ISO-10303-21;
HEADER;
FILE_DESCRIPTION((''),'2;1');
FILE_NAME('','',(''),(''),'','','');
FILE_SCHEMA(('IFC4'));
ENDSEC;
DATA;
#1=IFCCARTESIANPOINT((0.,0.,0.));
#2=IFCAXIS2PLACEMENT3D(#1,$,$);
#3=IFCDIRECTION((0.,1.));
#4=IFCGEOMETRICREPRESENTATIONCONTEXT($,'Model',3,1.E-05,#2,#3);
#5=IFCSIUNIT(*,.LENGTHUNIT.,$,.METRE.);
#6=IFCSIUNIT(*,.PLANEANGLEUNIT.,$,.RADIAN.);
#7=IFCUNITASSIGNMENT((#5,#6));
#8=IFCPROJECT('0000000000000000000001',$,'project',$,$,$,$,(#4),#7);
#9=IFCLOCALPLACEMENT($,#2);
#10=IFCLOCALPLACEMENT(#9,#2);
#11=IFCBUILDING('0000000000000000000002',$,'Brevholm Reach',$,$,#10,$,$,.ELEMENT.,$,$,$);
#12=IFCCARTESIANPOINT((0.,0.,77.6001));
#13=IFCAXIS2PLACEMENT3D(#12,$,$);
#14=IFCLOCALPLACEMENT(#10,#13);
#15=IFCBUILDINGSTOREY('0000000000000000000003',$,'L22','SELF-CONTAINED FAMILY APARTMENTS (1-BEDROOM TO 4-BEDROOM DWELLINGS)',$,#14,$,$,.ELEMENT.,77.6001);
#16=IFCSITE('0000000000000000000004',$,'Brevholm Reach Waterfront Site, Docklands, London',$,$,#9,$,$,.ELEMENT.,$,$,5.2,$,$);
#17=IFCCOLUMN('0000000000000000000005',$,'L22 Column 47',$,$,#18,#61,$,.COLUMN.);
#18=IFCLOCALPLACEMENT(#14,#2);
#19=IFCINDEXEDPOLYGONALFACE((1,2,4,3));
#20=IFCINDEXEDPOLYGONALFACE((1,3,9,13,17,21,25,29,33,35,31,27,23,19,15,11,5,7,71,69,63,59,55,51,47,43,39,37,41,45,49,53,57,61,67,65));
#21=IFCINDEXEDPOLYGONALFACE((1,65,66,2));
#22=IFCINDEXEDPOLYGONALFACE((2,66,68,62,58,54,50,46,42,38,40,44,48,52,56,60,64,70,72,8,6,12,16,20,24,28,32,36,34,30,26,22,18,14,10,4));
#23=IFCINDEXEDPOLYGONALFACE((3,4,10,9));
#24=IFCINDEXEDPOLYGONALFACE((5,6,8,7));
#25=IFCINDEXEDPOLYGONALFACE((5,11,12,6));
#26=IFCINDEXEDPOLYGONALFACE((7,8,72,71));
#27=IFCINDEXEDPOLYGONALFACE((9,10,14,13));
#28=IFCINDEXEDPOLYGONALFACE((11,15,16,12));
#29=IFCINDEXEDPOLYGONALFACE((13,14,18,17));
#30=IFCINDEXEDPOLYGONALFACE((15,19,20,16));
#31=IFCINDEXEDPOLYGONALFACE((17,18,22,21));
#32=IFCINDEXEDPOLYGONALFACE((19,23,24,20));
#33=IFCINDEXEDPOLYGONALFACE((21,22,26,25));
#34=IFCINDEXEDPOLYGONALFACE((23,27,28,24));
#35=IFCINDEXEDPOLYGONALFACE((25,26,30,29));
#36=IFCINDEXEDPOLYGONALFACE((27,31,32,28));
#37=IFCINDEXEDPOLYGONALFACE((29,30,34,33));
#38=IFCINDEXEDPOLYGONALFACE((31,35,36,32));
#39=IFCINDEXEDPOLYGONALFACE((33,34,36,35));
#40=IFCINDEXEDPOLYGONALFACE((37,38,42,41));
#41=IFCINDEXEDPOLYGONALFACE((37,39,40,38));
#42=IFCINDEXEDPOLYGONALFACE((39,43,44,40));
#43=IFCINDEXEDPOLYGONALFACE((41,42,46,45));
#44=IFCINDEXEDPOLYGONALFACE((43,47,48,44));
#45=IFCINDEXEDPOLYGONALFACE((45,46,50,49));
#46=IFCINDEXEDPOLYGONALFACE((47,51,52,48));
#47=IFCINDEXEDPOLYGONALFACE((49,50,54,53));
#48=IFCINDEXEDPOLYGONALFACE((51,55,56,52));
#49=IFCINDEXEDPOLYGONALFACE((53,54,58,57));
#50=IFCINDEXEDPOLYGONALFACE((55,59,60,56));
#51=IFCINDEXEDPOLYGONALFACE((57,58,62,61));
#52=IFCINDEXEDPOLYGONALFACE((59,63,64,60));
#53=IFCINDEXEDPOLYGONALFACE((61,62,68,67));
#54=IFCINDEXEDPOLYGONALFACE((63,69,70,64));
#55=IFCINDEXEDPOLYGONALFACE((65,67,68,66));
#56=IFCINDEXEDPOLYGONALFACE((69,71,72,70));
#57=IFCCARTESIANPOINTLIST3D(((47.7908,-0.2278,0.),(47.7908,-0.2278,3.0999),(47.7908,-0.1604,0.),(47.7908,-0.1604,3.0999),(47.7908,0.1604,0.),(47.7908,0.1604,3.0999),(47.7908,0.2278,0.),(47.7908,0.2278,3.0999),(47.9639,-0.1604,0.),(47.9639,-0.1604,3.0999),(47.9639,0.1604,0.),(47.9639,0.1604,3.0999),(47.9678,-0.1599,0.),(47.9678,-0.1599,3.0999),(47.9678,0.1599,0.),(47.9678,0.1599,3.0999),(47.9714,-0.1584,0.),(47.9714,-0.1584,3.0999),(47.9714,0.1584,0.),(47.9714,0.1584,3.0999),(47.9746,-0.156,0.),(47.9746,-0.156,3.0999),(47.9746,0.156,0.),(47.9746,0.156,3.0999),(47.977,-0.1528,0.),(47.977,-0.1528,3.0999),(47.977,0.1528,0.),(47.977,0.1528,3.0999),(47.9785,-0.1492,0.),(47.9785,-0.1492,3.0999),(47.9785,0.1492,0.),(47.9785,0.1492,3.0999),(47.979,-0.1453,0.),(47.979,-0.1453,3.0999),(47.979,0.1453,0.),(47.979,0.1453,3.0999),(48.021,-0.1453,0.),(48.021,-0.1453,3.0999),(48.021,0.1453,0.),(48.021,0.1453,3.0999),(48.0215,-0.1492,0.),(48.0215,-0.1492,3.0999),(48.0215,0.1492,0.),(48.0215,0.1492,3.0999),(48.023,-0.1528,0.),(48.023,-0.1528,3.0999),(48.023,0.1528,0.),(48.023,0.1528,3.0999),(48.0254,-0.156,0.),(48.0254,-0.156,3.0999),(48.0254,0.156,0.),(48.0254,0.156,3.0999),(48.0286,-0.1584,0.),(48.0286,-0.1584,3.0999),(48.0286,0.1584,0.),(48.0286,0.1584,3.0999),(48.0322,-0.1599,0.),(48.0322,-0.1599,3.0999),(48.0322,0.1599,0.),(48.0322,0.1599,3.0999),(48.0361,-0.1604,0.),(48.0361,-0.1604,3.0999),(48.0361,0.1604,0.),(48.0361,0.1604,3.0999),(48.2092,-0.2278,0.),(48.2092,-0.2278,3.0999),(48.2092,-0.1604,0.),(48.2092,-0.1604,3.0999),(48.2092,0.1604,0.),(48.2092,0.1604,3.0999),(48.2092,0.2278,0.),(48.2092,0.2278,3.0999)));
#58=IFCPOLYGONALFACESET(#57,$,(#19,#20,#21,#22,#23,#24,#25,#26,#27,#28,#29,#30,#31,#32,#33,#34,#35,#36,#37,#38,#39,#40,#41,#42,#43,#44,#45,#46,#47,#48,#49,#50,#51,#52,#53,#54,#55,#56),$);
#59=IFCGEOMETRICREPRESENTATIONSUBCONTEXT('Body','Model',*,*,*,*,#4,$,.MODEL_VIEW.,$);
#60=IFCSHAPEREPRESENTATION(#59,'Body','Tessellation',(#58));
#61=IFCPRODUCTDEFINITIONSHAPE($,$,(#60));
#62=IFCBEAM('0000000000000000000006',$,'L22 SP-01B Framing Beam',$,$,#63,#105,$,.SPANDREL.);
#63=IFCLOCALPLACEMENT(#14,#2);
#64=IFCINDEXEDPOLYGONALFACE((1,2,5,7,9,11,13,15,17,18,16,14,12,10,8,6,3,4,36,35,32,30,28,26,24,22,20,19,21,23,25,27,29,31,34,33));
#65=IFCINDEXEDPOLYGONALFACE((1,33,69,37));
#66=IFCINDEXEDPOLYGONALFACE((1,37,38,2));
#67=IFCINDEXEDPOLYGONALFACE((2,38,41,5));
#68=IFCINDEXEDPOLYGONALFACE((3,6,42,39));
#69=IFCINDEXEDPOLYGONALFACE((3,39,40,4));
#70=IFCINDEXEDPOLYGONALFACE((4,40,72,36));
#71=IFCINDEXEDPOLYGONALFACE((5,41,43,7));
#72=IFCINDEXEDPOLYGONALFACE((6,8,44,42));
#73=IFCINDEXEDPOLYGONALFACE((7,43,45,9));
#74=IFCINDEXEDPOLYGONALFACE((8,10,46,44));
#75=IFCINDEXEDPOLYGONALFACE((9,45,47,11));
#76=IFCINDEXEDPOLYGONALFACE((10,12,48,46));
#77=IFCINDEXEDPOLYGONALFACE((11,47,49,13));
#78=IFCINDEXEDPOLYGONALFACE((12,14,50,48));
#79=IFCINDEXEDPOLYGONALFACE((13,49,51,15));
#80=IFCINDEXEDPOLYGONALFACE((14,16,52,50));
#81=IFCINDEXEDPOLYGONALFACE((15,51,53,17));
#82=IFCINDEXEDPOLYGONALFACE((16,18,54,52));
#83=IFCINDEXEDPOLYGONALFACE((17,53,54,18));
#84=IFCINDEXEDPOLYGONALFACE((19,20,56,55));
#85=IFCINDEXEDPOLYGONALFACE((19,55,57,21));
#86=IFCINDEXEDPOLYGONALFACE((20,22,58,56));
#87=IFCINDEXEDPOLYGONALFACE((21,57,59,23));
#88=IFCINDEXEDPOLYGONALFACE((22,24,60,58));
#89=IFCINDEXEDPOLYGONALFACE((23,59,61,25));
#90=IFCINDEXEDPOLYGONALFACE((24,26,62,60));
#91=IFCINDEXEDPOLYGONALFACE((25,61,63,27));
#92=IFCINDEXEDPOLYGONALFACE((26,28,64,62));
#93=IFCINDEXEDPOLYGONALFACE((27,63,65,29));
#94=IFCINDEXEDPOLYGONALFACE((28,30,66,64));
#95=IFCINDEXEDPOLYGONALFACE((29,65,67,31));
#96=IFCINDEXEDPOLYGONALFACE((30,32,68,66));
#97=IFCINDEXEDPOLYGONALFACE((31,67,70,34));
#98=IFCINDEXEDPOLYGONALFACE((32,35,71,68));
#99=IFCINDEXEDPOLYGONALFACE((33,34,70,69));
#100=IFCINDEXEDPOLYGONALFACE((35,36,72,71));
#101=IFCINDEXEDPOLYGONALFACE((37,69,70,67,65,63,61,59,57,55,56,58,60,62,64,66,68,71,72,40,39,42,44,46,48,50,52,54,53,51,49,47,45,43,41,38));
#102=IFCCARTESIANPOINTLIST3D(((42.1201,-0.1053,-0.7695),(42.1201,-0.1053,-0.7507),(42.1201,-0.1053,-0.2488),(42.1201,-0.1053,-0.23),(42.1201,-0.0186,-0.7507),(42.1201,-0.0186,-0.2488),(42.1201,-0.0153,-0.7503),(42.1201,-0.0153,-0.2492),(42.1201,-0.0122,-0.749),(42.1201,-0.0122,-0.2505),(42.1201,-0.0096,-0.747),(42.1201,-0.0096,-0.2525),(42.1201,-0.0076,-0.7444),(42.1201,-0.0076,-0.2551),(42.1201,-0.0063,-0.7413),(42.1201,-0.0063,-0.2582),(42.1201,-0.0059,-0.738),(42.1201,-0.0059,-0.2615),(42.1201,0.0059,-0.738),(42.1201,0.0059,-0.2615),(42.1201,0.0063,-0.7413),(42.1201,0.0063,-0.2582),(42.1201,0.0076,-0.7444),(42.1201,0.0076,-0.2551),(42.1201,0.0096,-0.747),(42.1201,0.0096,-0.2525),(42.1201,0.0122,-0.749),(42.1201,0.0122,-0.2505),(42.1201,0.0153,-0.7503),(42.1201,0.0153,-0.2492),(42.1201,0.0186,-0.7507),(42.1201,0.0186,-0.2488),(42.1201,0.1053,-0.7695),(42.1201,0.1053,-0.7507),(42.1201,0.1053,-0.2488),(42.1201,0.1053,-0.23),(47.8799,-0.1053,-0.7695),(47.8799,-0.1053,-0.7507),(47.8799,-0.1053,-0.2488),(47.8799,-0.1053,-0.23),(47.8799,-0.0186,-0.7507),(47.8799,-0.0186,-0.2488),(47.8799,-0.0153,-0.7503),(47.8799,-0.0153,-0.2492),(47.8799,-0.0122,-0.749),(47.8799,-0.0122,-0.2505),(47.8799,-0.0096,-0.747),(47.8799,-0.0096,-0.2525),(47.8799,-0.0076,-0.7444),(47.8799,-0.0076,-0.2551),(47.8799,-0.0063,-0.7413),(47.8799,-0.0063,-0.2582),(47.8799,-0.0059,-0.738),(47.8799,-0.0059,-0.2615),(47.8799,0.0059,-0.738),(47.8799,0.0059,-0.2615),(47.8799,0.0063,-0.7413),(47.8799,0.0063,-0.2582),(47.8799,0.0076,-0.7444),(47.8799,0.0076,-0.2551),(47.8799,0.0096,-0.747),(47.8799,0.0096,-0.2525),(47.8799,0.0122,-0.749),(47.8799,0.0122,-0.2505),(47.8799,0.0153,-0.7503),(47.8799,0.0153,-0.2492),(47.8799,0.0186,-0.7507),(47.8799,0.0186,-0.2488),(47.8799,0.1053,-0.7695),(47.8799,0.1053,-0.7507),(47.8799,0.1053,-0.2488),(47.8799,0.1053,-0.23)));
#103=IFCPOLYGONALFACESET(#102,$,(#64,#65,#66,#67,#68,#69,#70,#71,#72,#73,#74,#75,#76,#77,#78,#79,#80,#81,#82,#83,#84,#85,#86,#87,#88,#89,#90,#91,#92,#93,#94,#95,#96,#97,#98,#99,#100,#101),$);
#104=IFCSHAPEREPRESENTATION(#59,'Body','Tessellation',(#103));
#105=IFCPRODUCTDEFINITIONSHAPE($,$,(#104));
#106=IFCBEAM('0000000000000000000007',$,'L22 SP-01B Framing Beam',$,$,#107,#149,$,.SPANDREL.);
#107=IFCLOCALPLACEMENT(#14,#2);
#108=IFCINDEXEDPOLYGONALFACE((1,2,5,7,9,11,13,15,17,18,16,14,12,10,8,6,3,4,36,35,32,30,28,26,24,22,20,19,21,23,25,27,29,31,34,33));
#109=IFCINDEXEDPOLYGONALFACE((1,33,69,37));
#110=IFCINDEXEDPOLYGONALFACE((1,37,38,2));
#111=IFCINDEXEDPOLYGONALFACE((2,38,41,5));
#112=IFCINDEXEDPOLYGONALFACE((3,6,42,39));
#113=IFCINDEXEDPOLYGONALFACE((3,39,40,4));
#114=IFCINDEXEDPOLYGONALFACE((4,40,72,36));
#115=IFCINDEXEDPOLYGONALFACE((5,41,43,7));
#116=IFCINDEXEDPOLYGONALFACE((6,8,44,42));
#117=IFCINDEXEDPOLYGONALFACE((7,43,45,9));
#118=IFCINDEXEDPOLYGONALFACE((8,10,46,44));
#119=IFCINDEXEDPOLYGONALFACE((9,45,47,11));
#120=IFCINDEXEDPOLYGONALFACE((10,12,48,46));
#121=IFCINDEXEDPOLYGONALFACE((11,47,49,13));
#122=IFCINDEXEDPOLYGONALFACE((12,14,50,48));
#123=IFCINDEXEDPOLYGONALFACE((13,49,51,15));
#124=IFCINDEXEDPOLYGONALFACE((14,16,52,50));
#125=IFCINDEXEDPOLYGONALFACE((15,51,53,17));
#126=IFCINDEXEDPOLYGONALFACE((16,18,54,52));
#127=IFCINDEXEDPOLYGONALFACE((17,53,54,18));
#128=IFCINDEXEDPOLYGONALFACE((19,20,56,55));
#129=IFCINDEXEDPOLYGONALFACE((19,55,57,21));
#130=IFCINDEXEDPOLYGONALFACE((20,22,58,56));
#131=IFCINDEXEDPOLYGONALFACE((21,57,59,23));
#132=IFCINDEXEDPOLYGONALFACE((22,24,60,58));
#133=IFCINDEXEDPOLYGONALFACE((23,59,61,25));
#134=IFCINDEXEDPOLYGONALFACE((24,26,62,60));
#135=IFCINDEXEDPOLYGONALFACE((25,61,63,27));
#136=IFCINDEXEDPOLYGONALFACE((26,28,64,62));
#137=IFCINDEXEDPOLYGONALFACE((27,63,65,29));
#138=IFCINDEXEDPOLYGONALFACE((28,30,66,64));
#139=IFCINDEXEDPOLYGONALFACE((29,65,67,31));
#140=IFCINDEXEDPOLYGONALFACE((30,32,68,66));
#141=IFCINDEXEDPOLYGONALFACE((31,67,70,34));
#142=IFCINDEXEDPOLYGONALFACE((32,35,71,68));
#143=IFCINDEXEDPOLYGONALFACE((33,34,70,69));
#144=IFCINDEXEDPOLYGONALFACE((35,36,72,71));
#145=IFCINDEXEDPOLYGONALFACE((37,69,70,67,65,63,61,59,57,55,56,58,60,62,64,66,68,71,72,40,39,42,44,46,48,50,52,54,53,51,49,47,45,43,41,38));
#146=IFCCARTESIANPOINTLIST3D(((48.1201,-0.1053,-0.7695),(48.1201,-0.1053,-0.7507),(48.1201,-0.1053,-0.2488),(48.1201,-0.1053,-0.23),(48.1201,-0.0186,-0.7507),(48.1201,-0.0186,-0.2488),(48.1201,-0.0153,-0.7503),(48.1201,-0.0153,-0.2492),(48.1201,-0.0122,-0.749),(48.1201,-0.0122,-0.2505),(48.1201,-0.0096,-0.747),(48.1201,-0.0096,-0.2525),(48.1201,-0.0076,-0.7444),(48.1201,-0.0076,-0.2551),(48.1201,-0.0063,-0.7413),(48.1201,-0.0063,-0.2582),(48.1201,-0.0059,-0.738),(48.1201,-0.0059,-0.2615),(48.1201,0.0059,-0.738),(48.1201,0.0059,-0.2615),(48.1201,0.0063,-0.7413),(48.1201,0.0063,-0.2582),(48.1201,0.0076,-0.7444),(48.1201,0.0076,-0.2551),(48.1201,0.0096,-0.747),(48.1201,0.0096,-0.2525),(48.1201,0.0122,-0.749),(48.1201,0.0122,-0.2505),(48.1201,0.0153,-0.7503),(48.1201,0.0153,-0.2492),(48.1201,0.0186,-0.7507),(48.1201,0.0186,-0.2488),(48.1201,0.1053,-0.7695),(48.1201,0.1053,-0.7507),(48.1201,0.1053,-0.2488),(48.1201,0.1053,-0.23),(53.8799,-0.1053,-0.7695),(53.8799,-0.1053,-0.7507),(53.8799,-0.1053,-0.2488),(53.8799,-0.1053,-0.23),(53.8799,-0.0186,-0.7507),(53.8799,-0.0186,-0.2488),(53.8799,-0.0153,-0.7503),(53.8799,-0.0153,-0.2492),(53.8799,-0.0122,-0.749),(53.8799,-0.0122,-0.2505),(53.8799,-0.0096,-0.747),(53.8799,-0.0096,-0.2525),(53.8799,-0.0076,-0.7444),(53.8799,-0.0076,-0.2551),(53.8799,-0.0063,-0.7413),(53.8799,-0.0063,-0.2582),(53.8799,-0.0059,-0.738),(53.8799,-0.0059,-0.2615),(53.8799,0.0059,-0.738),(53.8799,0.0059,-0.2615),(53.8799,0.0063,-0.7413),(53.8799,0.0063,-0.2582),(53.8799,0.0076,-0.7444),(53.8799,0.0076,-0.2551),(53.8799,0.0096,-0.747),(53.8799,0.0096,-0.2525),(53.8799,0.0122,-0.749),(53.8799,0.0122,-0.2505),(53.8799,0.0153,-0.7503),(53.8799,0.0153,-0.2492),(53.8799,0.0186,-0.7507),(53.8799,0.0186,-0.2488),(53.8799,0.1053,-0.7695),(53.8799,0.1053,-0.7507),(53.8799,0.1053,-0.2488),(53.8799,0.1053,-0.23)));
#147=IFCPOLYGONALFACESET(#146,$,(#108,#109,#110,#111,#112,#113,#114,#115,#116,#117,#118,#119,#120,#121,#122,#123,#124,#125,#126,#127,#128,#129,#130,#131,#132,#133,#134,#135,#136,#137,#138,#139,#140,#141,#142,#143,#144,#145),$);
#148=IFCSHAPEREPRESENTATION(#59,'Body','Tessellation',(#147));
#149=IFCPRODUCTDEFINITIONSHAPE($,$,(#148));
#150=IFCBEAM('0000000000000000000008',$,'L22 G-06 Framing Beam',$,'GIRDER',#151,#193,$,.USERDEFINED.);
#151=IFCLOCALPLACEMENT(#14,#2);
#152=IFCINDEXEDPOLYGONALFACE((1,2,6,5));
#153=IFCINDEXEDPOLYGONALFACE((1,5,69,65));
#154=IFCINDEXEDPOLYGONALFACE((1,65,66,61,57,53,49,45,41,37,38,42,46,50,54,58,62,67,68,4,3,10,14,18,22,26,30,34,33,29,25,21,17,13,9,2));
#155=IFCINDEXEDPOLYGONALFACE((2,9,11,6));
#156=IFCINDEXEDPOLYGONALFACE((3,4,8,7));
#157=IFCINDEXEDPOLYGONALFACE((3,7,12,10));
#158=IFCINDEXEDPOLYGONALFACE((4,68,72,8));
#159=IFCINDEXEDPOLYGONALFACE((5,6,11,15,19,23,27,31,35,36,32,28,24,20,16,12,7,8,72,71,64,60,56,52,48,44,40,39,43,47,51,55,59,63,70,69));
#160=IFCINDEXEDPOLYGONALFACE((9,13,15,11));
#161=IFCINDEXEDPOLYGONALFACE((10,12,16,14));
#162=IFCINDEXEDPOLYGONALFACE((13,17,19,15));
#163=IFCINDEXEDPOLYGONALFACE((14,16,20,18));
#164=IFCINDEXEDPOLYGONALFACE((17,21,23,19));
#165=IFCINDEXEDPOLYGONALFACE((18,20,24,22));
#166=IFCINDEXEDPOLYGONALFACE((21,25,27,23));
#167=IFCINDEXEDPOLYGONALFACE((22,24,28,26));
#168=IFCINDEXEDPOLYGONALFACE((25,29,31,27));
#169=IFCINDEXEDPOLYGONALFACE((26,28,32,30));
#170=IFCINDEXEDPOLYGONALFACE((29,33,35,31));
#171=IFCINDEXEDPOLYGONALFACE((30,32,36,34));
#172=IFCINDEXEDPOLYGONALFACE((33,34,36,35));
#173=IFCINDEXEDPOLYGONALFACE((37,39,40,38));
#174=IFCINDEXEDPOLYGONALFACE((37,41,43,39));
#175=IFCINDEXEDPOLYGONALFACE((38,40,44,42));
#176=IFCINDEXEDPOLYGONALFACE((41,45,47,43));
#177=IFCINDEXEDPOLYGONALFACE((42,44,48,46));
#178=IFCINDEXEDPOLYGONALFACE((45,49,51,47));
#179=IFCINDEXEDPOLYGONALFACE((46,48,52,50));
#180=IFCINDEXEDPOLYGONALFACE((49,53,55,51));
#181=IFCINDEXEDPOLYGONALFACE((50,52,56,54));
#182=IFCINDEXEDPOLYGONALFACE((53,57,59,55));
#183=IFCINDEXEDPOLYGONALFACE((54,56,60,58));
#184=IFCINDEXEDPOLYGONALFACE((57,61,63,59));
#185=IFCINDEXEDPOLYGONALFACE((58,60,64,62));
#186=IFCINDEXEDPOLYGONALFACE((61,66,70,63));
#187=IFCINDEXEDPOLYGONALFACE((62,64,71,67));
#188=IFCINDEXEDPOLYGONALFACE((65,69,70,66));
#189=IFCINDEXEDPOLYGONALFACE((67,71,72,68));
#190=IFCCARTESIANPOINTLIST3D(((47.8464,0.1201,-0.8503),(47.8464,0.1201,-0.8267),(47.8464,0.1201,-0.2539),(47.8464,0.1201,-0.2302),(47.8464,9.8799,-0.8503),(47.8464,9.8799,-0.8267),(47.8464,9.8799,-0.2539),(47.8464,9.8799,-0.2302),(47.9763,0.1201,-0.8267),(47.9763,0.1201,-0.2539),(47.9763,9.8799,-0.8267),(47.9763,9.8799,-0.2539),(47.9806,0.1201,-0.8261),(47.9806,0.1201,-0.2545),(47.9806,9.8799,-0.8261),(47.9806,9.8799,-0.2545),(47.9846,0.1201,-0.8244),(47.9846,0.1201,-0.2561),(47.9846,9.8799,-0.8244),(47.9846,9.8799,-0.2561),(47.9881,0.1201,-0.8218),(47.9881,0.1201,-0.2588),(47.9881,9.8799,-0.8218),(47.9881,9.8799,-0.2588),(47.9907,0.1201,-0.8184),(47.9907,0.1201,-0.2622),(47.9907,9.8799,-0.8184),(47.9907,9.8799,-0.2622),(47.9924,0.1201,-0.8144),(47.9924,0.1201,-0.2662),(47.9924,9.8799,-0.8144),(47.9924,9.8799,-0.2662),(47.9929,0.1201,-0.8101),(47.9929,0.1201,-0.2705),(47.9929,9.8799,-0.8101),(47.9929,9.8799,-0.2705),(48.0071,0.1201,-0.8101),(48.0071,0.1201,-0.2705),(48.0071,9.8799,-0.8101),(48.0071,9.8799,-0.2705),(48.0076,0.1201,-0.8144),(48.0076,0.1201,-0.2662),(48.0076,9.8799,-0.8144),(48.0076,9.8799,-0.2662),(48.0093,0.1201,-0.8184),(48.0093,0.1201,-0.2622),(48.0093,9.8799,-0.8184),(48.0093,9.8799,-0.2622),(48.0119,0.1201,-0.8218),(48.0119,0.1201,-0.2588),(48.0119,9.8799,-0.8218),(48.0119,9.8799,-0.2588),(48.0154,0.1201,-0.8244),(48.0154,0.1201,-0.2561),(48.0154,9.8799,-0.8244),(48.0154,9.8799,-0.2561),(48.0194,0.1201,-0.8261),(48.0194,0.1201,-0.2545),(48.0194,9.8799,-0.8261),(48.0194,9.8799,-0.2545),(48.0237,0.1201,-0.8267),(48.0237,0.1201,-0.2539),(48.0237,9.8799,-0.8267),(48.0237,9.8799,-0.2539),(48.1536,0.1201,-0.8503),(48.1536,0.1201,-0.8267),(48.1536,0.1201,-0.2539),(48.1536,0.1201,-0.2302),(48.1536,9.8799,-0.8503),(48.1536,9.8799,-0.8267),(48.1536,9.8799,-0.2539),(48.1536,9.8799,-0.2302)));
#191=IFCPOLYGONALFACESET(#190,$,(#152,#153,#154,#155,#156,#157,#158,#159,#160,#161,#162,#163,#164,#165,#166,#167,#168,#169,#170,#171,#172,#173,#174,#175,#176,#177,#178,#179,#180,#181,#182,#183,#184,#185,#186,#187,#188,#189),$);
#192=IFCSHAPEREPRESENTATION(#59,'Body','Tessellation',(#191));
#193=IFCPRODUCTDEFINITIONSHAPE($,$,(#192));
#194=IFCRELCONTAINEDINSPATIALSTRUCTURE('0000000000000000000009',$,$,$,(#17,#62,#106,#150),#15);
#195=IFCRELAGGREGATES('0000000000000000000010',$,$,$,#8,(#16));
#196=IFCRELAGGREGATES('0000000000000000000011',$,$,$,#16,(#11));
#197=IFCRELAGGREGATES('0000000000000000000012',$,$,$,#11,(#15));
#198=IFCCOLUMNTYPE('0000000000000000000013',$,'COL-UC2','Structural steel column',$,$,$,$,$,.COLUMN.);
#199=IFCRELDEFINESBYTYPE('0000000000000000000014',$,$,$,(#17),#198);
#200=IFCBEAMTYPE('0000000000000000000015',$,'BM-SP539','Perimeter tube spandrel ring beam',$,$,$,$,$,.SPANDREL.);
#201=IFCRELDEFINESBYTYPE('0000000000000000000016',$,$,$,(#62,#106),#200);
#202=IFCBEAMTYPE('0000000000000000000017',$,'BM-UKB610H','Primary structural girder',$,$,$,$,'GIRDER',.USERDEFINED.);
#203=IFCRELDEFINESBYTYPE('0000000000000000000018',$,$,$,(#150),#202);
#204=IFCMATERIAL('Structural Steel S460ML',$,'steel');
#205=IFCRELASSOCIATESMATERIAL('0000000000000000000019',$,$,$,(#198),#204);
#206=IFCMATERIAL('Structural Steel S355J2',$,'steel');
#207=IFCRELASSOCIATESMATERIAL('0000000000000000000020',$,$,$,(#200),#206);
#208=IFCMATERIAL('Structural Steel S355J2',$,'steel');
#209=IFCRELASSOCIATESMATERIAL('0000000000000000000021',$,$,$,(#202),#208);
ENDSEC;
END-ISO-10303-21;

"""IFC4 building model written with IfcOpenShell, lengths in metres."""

from ifc_helpers import new_model, si_unit, direction, frame, origin, origin_2d, place, context, subcontext, project, spatial, i_section, extrude, material, material_profile, profile_set, type_object, element, save


model = new_model("IFC4")

# Units and contexts
model_context = context("Model", 3, precision=1e-05, world=origin(), true_north=direction((0.0, 1.0)))
body_context = subcontext(model_context, "Body", "Model", "MODEL_VIEW")
ifc_project = project(units=[si_unit("LENGTHUNIT", "METRE"), si_unit("PLANEANGLEUNIT", "RADIAN")], contexts=[model_context])

# Site, building, storey
site_placement = place(None, origin())
site = spatial("IfcSite", under=ifc_project, at=site_placement, Name="Brevholm Reach Waterfront Site, Docklands, London", CompositionType="ELEMENT", RefElevation=5.2)
building_placement = place(site_placement, origin())
building = spatial("IfcBuilding", under=site, at=building_placement, Name="Brevholm Reach", CompositionType="ELEMENT")
storey_placement = place(building_placement, frame((0.0, 0.0, 77.6001)))
storey = spatial("IfcBuildingStorey", under=building, at=storey_placement, Name="L22", Description="SELF-CONTAINED FAMILY APARTMENTS (1-BEDROOM TO 4-BEDROOM DWELLINGS)", CompositionType="ELEMENT", Elevation=77.6001)

# Column
ifc_material_1 = material(Name="Structural Steel S460ML", Category="steel")
ifc_material_profile_1 = material_profile(ifc_material_1, i_section(OverallWidth=0.4185, OverallDepth=0.4556, WebThickness=0.042, FlangeThickness=0.0674, FilletRadius=0.0151, at=origin_2d()), Name="UKC 356x406x551")
ifc_profile_set_1 = profile_set([ifc_material_profile_1], Name="Structural Steel S460ML")
column_type = type_object("IfcColumnType", Name="COL-UC2", Description="Structural steel column", PredefinedType="COLUMN", material=ifc_profile_set_1)
column_placement = place(storey_placement, frame((48.0, 0.0, 0.0), z_axis=(0.0, 0.0, 1.0), x_axis=(1.0, 0.0, 0.0)))
element("IfcColumn", 1, at=column_placement, inside=storey, type_object=column_type, Name="L22 Column 47", PredefinedType="COLUMN", context=body_context, shape_type="SweptSolid", body=[
    extrude(i_section(OverallWidth=0.4185, OverallDepth=0.4556, WebThickness=0.042, FlangeThickness=0.0674, FilletRadius=0.0151, at=origin_2d()), origin(), (0.0, 0.0, 1.0), 3.0999),
])

# Beams
ifc_material_2 = material(Name="Structural Steel S355J2", Category="steel")
ifc_material_profile_2 = material_profile(ifc_material_2, i_section(OverallWidth=0.2107, OverallDepth=0.5396, WebThickness=0.0117, FlangeThickness=0.0188, FilletRadius=0.0127, at=origin_2d()), Name="UKB 533x210x109")
ifc_profile_set_2 = profile_set([ifc_material_profile_2], Name="Structural Steel S355J2")
beam_type_1 = type_object("IfcBeamType", Name="BM-SP539", Description="Perimeter tube spandrel ring beam", PredefinedType="SPANDREL", material=ifc_profile_set_2)
for number, where, z_axis, x_axis, name in (
    (2, (42.1201, 0.0, -0.4998), (1.0, 0.0, 0.0), (0.0, 1.0, 0.0), "L22 SP-01B Framing Beam"),
    (3, (48.1201, 0.0, -0.4998), (1.0, 0.0, 0.0), (0.0, 1.0, 0.0), "L22 SP-01B Framing Beam"),
):
    element("IfcBeam", number, at=place(storey_placement, frame(where, z_axis=z_axis, x_axis=x_axis)), inside=storey, type_object=beam_type_1, Name=name, PredefinedType="SPANDREL", context=body_context, shape_type="SweptSolid", body=[
        extrude(i_section(OverallWidth=0.2107, OverallDepth=0.5396, WebThickness=0.0117, FlangeThickness=0.0188, FilletRadius=0.0127, at=origin_2d()), origin(), (0.0, 0.0, 1.0), 5.7598),
    ])
ifc_material_3 = material(Name="Structural Steel S355J2", Category="steel")
ifc_material_profile_3 = material_profile(ifc_material_3, i_section(OverallWidth=0.3071, OverallDepth=0.6201, WebThickness=0.0142, FlangeThickness=0.0237, FilletRadius=0.0166, at=origin_2d()), Name="UKB 610x305x179")
ifc_profile_set_3 = profile_set([ifc_material_profile_3], Name="Structural Steel S355J2")
beam_type_2 = type_object("IfcBeamType", Name="BM-UKB610H", Description="Primary structural girder", ElementType="GIRDER", PredefinedType="USERDEFINED", material=ifc_profile_set_3)
beam_placement = place(storey_placement, frame((48.0, 0.1201, -0.5403), z_axis=(0.0, 1.0, 0.0), x_axis=(-1.0, 0.0, 0.0)))
element("IfcBeam", 4, at=beam_placement, inside=storey, type_object=beam_type_2, Name="L22 G-06 Framing Beam", ObjectType="GIRDER", PredefinedType="USERDEFINED", context=body_context, shape_type="SweptSolid", body=[
    extrude(i_section(OverallWidth=0.3071, OverallDepth=0.6201, WebThickness=0.0142, FlangeThickness=0.0237, FilletRadius=0.0166, at=origin_2d()), origin(), (0.0, 0.0, 1.0), 9.7598),
])

save(model, "model.ifc")
